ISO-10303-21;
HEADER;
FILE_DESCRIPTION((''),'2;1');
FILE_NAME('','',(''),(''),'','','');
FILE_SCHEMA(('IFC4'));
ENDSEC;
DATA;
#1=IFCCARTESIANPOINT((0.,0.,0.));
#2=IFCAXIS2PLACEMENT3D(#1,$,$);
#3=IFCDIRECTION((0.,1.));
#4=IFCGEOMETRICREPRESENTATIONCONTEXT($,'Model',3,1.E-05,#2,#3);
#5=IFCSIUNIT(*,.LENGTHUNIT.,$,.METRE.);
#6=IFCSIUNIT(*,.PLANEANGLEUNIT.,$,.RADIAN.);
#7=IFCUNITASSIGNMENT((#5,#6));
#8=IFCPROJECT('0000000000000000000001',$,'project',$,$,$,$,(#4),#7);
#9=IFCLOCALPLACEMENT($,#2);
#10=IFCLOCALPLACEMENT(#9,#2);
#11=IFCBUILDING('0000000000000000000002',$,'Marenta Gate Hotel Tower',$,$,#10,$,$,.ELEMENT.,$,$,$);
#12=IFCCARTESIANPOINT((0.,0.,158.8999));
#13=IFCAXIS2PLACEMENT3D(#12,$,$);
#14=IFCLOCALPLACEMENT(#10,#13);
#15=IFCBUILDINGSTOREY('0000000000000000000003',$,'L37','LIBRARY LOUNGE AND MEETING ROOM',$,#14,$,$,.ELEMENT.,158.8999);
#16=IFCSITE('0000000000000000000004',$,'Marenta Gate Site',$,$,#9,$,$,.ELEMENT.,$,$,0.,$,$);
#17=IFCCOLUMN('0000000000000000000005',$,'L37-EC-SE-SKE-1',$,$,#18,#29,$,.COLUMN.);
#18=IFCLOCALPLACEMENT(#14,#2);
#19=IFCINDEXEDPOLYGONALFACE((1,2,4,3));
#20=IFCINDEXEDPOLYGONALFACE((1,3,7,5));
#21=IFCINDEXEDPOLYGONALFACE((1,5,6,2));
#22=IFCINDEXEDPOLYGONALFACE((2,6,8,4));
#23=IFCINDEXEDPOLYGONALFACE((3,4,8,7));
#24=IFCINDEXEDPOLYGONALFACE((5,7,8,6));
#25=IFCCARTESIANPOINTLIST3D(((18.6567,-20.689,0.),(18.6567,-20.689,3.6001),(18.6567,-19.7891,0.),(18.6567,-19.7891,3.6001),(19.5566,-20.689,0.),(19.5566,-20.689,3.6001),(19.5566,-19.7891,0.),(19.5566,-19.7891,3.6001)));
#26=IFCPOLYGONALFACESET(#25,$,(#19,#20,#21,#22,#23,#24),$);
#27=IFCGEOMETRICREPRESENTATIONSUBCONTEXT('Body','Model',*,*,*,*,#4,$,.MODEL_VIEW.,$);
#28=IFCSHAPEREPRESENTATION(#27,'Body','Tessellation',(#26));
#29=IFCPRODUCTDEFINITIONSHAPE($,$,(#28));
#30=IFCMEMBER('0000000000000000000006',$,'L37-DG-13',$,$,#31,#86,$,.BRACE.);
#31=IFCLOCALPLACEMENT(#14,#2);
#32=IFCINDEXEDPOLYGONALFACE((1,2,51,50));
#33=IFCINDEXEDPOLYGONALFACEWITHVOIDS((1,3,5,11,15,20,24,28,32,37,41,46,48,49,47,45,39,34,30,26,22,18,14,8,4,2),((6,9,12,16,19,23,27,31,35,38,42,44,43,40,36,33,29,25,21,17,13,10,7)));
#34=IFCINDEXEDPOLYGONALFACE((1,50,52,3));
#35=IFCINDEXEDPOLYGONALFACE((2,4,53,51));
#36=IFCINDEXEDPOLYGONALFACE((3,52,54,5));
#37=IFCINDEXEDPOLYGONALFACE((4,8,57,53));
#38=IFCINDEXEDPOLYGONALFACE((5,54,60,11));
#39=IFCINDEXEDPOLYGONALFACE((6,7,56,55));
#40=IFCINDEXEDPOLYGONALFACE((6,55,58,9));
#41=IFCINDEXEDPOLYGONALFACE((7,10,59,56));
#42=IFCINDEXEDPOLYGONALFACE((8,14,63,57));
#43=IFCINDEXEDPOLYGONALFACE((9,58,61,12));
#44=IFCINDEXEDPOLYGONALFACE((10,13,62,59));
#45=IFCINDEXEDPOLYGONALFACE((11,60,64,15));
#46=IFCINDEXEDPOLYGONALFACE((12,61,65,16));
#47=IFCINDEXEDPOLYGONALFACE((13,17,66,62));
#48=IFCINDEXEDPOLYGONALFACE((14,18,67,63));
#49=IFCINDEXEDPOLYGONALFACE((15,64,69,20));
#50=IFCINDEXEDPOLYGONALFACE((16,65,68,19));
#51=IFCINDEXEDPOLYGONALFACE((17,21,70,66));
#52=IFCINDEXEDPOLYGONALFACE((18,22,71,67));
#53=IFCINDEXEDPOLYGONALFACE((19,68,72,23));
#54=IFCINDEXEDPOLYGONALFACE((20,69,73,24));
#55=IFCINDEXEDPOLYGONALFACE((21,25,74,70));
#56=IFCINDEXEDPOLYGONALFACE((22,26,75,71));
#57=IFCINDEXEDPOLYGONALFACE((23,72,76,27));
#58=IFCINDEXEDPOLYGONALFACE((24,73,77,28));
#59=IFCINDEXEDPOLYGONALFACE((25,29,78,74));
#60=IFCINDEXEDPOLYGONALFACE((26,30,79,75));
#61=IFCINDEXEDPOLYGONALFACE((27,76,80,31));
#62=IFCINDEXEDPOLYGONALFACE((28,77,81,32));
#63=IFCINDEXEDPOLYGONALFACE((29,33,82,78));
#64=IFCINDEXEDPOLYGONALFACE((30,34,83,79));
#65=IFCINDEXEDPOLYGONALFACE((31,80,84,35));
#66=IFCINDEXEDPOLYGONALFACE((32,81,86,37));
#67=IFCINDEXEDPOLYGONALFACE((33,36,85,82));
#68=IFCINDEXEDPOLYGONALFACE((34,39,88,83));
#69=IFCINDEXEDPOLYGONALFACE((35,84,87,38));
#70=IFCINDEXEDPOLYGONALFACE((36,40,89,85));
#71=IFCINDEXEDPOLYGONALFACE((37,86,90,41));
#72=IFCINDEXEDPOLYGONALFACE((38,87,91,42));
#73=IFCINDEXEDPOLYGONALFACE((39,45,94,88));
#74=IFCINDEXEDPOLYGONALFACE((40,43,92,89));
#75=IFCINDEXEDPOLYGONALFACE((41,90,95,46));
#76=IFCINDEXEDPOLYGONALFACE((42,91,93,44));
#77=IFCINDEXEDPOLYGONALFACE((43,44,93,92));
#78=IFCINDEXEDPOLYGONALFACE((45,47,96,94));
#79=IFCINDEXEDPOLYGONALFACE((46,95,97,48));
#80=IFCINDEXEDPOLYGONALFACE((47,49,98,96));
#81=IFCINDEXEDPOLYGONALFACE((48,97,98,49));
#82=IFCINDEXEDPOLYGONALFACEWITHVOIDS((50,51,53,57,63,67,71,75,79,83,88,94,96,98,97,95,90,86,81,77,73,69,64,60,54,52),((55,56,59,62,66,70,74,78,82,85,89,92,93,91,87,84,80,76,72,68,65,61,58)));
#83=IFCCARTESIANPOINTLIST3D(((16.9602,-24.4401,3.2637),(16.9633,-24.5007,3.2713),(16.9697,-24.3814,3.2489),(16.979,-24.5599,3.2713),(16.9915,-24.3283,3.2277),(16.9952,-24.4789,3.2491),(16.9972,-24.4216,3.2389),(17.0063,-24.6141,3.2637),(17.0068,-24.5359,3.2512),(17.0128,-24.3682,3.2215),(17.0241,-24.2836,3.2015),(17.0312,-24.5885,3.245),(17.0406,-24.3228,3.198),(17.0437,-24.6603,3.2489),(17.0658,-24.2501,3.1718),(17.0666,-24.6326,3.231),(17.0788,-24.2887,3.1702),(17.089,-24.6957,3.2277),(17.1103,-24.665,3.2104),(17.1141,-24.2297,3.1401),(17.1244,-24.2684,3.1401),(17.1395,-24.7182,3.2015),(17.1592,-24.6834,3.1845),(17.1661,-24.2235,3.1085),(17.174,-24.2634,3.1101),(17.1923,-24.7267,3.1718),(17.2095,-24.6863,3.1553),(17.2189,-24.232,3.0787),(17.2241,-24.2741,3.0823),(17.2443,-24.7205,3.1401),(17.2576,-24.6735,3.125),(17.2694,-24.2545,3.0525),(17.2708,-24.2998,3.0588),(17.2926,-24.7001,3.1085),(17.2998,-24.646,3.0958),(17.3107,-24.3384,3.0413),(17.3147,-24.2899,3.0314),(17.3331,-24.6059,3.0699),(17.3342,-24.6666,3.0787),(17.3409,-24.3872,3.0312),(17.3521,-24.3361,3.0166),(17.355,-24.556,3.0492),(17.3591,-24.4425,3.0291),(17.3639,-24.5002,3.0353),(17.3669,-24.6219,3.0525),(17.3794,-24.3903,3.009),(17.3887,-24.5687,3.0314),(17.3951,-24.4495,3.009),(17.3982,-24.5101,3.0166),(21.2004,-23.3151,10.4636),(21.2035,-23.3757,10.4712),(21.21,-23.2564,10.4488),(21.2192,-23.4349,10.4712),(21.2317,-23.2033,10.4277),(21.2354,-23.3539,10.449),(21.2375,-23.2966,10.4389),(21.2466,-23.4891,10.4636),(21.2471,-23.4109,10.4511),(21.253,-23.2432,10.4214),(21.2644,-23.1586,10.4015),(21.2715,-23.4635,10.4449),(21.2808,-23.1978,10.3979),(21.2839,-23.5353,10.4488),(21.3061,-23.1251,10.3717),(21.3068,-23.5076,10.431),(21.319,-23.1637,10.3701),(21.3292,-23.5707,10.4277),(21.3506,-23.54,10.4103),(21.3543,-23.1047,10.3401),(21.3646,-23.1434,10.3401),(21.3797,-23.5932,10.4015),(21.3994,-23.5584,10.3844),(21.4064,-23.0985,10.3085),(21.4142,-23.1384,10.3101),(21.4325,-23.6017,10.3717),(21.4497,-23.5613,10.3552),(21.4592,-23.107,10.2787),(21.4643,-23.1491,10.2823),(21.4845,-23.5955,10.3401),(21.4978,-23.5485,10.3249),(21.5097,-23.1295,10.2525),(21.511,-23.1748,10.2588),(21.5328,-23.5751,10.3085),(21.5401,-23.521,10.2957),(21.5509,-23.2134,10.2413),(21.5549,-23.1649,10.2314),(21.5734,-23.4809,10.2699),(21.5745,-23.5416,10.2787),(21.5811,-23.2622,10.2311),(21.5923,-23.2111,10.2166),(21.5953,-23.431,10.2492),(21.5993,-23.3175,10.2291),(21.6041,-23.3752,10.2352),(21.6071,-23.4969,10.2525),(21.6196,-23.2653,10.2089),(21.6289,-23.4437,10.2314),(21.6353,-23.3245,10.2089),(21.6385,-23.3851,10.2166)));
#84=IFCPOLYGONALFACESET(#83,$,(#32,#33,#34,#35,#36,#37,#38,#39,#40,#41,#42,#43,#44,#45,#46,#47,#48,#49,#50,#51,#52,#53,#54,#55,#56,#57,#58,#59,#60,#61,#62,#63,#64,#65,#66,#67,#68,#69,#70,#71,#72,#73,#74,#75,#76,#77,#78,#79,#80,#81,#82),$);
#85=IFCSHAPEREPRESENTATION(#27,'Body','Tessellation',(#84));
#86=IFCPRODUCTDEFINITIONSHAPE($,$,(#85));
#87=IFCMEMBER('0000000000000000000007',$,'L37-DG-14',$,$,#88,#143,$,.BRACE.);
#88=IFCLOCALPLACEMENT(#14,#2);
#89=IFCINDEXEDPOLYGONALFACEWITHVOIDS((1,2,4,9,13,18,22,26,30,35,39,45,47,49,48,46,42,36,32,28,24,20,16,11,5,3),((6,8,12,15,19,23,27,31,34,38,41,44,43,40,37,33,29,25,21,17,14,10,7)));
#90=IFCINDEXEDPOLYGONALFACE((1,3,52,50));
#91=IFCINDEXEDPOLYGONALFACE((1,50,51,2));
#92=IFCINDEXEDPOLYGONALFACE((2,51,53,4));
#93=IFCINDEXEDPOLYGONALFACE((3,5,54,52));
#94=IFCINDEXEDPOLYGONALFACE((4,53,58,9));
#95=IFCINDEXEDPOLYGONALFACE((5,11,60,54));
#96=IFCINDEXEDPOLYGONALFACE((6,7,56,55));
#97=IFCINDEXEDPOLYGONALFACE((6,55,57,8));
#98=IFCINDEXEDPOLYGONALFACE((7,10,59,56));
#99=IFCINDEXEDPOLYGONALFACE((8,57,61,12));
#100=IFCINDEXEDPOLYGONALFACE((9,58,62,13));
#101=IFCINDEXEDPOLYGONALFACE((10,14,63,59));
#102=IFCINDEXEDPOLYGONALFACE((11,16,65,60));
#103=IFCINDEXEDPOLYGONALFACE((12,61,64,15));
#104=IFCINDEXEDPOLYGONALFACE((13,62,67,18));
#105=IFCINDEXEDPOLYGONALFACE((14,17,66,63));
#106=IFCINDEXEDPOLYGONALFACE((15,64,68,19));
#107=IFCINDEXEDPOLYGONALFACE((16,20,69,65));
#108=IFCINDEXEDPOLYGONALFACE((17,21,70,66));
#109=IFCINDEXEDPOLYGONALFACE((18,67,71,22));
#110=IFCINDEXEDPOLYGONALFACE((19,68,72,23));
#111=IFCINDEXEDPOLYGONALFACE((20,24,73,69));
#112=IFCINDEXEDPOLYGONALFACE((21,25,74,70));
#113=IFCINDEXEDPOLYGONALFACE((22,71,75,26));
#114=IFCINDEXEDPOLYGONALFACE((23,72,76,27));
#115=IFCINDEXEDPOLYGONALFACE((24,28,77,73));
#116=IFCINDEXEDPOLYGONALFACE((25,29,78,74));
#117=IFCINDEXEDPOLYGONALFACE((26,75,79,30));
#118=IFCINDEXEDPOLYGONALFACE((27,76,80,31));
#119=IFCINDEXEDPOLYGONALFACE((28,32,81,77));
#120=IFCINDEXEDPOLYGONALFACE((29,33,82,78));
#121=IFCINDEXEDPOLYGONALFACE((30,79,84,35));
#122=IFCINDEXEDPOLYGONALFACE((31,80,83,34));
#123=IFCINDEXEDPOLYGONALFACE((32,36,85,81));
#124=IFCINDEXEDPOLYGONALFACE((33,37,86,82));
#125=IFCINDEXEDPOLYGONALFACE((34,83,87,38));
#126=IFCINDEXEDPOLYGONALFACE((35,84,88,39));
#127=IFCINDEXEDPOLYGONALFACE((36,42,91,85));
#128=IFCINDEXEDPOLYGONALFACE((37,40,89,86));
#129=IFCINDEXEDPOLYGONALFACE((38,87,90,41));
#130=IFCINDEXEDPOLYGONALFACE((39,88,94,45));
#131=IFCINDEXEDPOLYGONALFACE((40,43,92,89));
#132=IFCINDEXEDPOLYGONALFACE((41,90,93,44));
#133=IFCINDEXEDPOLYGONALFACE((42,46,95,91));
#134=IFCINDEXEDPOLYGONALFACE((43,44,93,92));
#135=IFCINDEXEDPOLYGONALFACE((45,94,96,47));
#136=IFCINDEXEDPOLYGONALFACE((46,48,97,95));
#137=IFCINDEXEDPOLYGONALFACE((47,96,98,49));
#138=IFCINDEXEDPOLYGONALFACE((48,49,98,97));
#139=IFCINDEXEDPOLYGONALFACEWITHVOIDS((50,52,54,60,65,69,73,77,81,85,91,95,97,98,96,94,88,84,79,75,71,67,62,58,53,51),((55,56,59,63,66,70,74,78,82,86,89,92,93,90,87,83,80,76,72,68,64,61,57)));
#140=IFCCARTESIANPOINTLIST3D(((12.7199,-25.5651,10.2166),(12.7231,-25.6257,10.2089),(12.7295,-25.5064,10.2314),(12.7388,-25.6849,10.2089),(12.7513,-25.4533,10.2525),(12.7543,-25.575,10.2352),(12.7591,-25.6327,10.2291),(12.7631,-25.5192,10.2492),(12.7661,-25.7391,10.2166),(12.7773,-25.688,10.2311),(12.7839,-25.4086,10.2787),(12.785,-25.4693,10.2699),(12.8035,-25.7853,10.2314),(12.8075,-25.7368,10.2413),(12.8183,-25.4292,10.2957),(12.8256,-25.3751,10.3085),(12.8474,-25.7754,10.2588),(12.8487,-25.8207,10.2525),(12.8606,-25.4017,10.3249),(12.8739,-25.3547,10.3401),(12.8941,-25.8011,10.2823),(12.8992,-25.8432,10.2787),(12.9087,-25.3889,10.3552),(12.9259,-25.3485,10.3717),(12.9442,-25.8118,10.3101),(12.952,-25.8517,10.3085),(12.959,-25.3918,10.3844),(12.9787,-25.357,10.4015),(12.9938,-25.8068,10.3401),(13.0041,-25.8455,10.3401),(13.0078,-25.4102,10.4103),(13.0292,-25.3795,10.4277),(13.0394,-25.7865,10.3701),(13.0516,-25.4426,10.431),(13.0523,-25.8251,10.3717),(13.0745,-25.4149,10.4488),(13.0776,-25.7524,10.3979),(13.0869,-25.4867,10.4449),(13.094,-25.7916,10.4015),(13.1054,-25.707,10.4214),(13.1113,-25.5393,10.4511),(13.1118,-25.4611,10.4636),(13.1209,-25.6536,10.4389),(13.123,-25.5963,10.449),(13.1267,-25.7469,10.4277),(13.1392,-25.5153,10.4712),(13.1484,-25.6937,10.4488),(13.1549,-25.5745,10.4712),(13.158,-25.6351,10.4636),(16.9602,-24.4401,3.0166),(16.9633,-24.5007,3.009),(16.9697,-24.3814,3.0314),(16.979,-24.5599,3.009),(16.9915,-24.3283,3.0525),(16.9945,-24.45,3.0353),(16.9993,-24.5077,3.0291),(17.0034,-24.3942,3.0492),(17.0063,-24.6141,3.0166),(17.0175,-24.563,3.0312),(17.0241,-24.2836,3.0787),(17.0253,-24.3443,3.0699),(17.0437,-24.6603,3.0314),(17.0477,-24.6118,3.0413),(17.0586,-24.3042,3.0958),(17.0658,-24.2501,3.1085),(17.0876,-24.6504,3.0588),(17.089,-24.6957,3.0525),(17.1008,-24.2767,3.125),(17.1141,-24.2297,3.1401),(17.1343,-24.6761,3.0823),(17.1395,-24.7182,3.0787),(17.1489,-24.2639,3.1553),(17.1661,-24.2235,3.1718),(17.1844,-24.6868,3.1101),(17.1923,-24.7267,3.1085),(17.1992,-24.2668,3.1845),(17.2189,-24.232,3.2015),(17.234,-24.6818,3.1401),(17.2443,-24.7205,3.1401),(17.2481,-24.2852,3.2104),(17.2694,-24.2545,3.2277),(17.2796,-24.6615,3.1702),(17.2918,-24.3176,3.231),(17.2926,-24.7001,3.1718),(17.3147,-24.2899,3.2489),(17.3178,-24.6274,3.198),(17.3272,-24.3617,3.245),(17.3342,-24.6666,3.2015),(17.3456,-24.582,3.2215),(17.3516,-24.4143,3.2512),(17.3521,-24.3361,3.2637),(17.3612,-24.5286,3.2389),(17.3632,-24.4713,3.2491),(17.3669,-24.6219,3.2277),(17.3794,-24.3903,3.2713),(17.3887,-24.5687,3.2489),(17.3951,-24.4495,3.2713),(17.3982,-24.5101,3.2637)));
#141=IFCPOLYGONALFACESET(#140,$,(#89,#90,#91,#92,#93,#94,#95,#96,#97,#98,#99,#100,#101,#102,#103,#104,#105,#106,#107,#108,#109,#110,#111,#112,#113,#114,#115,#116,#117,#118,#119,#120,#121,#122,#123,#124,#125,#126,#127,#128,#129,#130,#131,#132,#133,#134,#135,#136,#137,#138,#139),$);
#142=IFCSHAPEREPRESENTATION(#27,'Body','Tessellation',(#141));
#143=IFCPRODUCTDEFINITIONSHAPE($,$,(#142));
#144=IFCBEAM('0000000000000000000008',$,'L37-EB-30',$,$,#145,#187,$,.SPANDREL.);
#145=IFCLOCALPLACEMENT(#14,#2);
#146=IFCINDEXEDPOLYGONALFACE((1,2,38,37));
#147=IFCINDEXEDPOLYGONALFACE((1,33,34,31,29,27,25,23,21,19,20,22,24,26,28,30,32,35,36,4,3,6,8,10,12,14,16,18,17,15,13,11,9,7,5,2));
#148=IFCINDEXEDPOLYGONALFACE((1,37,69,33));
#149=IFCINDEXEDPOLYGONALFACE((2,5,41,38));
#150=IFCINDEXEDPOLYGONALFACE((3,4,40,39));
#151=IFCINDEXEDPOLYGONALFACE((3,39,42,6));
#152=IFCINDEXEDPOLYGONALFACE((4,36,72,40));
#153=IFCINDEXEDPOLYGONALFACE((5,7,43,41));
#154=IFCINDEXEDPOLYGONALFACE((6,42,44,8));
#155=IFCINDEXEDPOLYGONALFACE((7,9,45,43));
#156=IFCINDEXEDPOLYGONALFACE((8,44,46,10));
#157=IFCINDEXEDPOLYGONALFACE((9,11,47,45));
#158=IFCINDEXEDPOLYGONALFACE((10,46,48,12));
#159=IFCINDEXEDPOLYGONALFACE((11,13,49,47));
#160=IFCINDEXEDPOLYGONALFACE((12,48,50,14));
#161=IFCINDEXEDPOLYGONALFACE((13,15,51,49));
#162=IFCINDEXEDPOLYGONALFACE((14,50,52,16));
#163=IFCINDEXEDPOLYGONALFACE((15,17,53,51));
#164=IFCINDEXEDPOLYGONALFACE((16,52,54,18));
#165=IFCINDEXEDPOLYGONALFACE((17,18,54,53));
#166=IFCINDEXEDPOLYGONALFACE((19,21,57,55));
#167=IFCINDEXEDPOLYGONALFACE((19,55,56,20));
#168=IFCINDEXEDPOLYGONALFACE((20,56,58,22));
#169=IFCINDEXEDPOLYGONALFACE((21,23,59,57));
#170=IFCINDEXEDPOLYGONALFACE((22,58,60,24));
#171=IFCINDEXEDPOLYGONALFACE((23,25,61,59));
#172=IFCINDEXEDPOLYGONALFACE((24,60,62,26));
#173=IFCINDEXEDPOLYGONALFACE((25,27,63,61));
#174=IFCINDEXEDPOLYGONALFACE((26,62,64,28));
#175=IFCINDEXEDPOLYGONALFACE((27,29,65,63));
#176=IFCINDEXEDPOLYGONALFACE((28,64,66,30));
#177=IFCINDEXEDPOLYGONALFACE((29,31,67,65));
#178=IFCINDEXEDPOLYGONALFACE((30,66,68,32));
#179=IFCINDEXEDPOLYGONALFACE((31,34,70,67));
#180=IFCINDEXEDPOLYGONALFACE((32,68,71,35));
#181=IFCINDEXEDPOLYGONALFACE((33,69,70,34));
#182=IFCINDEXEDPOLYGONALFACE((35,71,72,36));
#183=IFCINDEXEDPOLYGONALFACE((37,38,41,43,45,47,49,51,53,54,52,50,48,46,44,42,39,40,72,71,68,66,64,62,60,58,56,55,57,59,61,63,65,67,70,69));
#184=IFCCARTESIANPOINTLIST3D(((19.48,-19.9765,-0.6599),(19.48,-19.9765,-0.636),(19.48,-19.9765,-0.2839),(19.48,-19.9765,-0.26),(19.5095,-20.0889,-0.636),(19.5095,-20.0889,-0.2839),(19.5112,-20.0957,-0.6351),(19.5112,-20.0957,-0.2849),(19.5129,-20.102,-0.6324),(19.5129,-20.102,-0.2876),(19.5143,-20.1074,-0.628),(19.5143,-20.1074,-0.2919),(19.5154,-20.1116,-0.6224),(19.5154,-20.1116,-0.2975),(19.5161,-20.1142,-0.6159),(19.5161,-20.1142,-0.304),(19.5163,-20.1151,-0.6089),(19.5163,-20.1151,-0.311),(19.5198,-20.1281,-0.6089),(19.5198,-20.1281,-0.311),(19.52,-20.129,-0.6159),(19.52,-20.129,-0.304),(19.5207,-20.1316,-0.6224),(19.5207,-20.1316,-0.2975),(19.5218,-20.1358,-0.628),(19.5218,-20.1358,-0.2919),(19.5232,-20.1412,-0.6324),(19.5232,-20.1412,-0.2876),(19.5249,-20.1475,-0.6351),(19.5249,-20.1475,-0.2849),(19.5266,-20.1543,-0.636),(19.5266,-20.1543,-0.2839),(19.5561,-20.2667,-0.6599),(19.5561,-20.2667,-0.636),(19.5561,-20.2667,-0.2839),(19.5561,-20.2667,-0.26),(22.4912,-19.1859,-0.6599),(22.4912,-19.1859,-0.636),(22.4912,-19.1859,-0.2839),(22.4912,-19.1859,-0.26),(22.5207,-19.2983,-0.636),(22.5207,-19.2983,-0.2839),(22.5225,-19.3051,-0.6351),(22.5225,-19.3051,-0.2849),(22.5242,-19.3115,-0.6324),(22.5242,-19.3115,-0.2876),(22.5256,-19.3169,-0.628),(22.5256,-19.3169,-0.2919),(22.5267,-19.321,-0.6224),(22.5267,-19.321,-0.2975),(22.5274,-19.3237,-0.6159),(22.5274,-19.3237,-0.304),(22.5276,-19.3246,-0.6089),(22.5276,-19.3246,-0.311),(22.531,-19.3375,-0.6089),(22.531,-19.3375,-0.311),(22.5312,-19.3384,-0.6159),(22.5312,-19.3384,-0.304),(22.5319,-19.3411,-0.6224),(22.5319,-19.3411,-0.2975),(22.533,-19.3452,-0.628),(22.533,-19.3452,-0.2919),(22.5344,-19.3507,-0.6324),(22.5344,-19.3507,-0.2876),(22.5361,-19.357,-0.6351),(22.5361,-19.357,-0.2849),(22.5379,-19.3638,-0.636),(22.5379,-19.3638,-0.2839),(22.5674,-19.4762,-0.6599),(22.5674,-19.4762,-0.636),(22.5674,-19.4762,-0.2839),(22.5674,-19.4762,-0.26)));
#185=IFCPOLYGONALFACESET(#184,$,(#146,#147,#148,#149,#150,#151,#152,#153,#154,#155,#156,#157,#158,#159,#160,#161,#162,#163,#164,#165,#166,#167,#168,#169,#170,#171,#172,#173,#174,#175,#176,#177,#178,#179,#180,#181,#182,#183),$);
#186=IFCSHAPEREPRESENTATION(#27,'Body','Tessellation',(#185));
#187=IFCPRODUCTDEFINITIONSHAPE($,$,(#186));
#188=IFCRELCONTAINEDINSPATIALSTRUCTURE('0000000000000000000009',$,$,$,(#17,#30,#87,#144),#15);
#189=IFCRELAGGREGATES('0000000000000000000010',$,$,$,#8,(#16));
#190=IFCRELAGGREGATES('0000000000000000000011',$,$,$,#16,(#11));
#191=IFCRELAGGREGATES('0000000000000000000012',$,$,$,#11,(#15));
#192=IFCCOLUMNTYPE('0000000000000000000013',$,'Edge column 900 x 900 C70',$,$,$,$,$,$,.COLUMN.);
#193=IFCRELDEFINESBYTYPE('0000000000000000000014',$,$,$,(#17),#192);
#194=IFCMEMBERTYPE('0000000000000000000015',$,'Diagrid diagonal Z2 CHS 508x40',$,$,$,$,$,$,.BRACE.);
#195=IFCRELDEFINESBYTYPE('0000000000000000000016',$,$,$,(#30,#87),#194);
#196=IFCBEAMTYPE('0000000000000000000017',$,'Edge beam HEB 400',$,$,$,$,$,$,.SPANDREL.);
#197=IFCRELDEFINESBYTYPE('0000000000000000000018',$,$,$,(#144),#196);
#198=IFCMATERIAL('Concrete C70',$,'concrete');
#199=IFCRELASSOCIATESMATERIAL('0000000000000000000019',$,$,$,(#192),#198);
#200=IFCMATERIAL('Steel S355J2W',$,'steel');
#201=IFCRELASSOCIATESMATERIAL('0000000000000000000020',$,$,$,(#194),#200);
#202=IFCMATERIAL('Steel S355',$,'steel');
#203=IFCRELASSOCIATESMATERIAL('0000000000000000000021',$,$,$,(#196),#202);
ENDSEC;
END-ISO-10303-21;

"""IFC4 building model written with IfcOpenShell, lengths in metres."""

from ifc_helpers import new_model, si_unit, direction, frame, origin, origin_2d, place, context, subcontext, project, spatial, rectangle, hollow_circle, i_section, extrude, material, material_profile, profile_set, type_object, element, save


model = new_model("IFC4")

# Units and contexts
model_context = context("Model", 3, precision=1e-05, world=origin(), true_north=direction((0.0, 1.0)))
body_context = subcontext(model_context, "Body", "Model", "MODEL_VIEW")
ifc_project = project(units=[si_unit("LENGTHUNIT", "METRE"), si_unit("PLANEANGLEUNIT", "RADIAN")], contexts=[model_context])

# Site, building, storey
site_placement = place(None, origin())
site = spatial("IfcSite", under=ifc_project, at=site_placement, Name="Marenta Gate Site", CompositionType="ELEMENT", RefElevation=0.0)
building_placement = place(site_placement, origin())
building = spatial("IfcBuilding", under=site, at=building_placement, Name="Marenta Gate Hotel Tower", CompositionType="ELEMENT")
storey_placement = place(building_placement, frame((0.0, 0.0, 158.8999)))
storey = spatial("IfcBuildingStorey", under=building, at=storey_placement, Name="L37", Description="LIBRARY LOUNGE AND MEETING ROOM", CompositionType="ELEMENT", Elevation=158.8999)

# Column
ifc_material_1 = material(Name="Concrete C70", Category="concrete")
ifc_material_profile_1 = material_profile(ifc_material_1, rectangle(XDim=0.8999, YDim=0.8999, at=origin_2d()), Name="900 x 900")
ifc_profile_set_1 = profile_set([ifc_material_profile_1], Name="Concrete C70")
column_type = type_object("IfcColumnType", Name="Edge column 900 x 900 C70", PredefinedType="COLUMN", material=ifc_profile_set_1)
column_placement = place(storey_placement, frame((19.1067, -20.239, 0.0), z_axis=(0.0, 0.0, 1.0), x_axis=(1.0, 0.0, 0.0)))
element("IfcColumn", 1, at=column_placement, inside=storey, type_object=column_type, Name="L37-EC-SE-SKE-1", PredefinedType="COLUMN", context=body_context, shape_type="SweptSolid", body=[
    extrude(rectangle(XDim=0.8999, YDim=0.8999, at=origin_2d()), origin(), (0.0, 0.0, 1.0), 3.6001),
])

# Members
ifc_material_2 = material(Name="Steel S355J2W", Category="steel")
ifc_material_profile_2 = material_profile(ifc_material_2, hollow_circle(Radius=0.2539, WallThickness=0.04, at=origin_2d()), Name="CHS 508x40")
ifc_profile_set_2 = profile_set([ifc_material_profile_2], Name="Steel S355J2W")
member_type_1 = type_object("IfcMemberType", Name="Diagrid diagonal Z2 CHS 508x40", PredefinedType="BRACE", material=ifc_profile_set_2)
for number, where, z_axis, x_axis, name in (
    (2, (17.1792, -24.4751, 3.1401), (0.502924, 0.133434, 0.853969), (-0.256443, 0.966559, 0.0), "L37-DG-13"),
    (3, (17.1792, -24.4751, 3.1401), (-0.502924, -0.133434, 0.853969), (0.256443, -0.966559, 0.0), "L37-DG-14"),
):
    element("IfcMember", number, at=place(storey_placement, frame(where, z_axis=z_axis, x_axis=x_axis)), inside=storey, type_object=member_type_1, Name=name, PredefinedType="BRACE", context=body_context, shape_type="SweptSolid", body=[
        extrude(hollow_circle(Radius=0.2539, WallThickness=0.04, at=origin_2d()), origin(), (0.0, 0.0, 1.0), 8.4312),
    ])

# Beam
ifc_material_3 = material(Name="Steel S355", Category="steel")
ifc_material_profile_3 = material_profile(ifc_material_3, i_section(OverallWidth=0.3, OverallDepth=0.3999, WebThickness=0.0134, FlangeThickness=0.0239, FilletRadius=0.0271, at=origin_2d()), Name="HEB 400")
ifc_profile_set_3 = profile_set([ifc_material_profile_3], Name="Steel S355")
beam_type = type_object("IfcBeamType", Name="Edge beam HEB 400", PredefinedType="SPANDREL", material=ifc_profile_set_3)
beam_1_placement = place(storey_placement, frame((22.5293, -19.3311, -0.46), z_axis=(-0.967225, -0.253922, 0.0), x_axis=(0.253922, -0.967225, 0.0)))
element("IfcBeam", 4, at=beam_1_placement, inside=storey, type_object=beam_type, Name="L37-EB-30", PredefinedType="SPANDREL", context=body_context, shape_type="SweptSolid", body=[
    extrude(i_section(OverallWidth=0.3, OverallDepth=0.3999, WebThickness=0.0134, FlangeThickness=0.0239, FilletRadius=0.0271, at=origin_2d()), origin(), (0.0, 0.0, 1.0), 3.1133),
])

save(model, "model.ifc")
